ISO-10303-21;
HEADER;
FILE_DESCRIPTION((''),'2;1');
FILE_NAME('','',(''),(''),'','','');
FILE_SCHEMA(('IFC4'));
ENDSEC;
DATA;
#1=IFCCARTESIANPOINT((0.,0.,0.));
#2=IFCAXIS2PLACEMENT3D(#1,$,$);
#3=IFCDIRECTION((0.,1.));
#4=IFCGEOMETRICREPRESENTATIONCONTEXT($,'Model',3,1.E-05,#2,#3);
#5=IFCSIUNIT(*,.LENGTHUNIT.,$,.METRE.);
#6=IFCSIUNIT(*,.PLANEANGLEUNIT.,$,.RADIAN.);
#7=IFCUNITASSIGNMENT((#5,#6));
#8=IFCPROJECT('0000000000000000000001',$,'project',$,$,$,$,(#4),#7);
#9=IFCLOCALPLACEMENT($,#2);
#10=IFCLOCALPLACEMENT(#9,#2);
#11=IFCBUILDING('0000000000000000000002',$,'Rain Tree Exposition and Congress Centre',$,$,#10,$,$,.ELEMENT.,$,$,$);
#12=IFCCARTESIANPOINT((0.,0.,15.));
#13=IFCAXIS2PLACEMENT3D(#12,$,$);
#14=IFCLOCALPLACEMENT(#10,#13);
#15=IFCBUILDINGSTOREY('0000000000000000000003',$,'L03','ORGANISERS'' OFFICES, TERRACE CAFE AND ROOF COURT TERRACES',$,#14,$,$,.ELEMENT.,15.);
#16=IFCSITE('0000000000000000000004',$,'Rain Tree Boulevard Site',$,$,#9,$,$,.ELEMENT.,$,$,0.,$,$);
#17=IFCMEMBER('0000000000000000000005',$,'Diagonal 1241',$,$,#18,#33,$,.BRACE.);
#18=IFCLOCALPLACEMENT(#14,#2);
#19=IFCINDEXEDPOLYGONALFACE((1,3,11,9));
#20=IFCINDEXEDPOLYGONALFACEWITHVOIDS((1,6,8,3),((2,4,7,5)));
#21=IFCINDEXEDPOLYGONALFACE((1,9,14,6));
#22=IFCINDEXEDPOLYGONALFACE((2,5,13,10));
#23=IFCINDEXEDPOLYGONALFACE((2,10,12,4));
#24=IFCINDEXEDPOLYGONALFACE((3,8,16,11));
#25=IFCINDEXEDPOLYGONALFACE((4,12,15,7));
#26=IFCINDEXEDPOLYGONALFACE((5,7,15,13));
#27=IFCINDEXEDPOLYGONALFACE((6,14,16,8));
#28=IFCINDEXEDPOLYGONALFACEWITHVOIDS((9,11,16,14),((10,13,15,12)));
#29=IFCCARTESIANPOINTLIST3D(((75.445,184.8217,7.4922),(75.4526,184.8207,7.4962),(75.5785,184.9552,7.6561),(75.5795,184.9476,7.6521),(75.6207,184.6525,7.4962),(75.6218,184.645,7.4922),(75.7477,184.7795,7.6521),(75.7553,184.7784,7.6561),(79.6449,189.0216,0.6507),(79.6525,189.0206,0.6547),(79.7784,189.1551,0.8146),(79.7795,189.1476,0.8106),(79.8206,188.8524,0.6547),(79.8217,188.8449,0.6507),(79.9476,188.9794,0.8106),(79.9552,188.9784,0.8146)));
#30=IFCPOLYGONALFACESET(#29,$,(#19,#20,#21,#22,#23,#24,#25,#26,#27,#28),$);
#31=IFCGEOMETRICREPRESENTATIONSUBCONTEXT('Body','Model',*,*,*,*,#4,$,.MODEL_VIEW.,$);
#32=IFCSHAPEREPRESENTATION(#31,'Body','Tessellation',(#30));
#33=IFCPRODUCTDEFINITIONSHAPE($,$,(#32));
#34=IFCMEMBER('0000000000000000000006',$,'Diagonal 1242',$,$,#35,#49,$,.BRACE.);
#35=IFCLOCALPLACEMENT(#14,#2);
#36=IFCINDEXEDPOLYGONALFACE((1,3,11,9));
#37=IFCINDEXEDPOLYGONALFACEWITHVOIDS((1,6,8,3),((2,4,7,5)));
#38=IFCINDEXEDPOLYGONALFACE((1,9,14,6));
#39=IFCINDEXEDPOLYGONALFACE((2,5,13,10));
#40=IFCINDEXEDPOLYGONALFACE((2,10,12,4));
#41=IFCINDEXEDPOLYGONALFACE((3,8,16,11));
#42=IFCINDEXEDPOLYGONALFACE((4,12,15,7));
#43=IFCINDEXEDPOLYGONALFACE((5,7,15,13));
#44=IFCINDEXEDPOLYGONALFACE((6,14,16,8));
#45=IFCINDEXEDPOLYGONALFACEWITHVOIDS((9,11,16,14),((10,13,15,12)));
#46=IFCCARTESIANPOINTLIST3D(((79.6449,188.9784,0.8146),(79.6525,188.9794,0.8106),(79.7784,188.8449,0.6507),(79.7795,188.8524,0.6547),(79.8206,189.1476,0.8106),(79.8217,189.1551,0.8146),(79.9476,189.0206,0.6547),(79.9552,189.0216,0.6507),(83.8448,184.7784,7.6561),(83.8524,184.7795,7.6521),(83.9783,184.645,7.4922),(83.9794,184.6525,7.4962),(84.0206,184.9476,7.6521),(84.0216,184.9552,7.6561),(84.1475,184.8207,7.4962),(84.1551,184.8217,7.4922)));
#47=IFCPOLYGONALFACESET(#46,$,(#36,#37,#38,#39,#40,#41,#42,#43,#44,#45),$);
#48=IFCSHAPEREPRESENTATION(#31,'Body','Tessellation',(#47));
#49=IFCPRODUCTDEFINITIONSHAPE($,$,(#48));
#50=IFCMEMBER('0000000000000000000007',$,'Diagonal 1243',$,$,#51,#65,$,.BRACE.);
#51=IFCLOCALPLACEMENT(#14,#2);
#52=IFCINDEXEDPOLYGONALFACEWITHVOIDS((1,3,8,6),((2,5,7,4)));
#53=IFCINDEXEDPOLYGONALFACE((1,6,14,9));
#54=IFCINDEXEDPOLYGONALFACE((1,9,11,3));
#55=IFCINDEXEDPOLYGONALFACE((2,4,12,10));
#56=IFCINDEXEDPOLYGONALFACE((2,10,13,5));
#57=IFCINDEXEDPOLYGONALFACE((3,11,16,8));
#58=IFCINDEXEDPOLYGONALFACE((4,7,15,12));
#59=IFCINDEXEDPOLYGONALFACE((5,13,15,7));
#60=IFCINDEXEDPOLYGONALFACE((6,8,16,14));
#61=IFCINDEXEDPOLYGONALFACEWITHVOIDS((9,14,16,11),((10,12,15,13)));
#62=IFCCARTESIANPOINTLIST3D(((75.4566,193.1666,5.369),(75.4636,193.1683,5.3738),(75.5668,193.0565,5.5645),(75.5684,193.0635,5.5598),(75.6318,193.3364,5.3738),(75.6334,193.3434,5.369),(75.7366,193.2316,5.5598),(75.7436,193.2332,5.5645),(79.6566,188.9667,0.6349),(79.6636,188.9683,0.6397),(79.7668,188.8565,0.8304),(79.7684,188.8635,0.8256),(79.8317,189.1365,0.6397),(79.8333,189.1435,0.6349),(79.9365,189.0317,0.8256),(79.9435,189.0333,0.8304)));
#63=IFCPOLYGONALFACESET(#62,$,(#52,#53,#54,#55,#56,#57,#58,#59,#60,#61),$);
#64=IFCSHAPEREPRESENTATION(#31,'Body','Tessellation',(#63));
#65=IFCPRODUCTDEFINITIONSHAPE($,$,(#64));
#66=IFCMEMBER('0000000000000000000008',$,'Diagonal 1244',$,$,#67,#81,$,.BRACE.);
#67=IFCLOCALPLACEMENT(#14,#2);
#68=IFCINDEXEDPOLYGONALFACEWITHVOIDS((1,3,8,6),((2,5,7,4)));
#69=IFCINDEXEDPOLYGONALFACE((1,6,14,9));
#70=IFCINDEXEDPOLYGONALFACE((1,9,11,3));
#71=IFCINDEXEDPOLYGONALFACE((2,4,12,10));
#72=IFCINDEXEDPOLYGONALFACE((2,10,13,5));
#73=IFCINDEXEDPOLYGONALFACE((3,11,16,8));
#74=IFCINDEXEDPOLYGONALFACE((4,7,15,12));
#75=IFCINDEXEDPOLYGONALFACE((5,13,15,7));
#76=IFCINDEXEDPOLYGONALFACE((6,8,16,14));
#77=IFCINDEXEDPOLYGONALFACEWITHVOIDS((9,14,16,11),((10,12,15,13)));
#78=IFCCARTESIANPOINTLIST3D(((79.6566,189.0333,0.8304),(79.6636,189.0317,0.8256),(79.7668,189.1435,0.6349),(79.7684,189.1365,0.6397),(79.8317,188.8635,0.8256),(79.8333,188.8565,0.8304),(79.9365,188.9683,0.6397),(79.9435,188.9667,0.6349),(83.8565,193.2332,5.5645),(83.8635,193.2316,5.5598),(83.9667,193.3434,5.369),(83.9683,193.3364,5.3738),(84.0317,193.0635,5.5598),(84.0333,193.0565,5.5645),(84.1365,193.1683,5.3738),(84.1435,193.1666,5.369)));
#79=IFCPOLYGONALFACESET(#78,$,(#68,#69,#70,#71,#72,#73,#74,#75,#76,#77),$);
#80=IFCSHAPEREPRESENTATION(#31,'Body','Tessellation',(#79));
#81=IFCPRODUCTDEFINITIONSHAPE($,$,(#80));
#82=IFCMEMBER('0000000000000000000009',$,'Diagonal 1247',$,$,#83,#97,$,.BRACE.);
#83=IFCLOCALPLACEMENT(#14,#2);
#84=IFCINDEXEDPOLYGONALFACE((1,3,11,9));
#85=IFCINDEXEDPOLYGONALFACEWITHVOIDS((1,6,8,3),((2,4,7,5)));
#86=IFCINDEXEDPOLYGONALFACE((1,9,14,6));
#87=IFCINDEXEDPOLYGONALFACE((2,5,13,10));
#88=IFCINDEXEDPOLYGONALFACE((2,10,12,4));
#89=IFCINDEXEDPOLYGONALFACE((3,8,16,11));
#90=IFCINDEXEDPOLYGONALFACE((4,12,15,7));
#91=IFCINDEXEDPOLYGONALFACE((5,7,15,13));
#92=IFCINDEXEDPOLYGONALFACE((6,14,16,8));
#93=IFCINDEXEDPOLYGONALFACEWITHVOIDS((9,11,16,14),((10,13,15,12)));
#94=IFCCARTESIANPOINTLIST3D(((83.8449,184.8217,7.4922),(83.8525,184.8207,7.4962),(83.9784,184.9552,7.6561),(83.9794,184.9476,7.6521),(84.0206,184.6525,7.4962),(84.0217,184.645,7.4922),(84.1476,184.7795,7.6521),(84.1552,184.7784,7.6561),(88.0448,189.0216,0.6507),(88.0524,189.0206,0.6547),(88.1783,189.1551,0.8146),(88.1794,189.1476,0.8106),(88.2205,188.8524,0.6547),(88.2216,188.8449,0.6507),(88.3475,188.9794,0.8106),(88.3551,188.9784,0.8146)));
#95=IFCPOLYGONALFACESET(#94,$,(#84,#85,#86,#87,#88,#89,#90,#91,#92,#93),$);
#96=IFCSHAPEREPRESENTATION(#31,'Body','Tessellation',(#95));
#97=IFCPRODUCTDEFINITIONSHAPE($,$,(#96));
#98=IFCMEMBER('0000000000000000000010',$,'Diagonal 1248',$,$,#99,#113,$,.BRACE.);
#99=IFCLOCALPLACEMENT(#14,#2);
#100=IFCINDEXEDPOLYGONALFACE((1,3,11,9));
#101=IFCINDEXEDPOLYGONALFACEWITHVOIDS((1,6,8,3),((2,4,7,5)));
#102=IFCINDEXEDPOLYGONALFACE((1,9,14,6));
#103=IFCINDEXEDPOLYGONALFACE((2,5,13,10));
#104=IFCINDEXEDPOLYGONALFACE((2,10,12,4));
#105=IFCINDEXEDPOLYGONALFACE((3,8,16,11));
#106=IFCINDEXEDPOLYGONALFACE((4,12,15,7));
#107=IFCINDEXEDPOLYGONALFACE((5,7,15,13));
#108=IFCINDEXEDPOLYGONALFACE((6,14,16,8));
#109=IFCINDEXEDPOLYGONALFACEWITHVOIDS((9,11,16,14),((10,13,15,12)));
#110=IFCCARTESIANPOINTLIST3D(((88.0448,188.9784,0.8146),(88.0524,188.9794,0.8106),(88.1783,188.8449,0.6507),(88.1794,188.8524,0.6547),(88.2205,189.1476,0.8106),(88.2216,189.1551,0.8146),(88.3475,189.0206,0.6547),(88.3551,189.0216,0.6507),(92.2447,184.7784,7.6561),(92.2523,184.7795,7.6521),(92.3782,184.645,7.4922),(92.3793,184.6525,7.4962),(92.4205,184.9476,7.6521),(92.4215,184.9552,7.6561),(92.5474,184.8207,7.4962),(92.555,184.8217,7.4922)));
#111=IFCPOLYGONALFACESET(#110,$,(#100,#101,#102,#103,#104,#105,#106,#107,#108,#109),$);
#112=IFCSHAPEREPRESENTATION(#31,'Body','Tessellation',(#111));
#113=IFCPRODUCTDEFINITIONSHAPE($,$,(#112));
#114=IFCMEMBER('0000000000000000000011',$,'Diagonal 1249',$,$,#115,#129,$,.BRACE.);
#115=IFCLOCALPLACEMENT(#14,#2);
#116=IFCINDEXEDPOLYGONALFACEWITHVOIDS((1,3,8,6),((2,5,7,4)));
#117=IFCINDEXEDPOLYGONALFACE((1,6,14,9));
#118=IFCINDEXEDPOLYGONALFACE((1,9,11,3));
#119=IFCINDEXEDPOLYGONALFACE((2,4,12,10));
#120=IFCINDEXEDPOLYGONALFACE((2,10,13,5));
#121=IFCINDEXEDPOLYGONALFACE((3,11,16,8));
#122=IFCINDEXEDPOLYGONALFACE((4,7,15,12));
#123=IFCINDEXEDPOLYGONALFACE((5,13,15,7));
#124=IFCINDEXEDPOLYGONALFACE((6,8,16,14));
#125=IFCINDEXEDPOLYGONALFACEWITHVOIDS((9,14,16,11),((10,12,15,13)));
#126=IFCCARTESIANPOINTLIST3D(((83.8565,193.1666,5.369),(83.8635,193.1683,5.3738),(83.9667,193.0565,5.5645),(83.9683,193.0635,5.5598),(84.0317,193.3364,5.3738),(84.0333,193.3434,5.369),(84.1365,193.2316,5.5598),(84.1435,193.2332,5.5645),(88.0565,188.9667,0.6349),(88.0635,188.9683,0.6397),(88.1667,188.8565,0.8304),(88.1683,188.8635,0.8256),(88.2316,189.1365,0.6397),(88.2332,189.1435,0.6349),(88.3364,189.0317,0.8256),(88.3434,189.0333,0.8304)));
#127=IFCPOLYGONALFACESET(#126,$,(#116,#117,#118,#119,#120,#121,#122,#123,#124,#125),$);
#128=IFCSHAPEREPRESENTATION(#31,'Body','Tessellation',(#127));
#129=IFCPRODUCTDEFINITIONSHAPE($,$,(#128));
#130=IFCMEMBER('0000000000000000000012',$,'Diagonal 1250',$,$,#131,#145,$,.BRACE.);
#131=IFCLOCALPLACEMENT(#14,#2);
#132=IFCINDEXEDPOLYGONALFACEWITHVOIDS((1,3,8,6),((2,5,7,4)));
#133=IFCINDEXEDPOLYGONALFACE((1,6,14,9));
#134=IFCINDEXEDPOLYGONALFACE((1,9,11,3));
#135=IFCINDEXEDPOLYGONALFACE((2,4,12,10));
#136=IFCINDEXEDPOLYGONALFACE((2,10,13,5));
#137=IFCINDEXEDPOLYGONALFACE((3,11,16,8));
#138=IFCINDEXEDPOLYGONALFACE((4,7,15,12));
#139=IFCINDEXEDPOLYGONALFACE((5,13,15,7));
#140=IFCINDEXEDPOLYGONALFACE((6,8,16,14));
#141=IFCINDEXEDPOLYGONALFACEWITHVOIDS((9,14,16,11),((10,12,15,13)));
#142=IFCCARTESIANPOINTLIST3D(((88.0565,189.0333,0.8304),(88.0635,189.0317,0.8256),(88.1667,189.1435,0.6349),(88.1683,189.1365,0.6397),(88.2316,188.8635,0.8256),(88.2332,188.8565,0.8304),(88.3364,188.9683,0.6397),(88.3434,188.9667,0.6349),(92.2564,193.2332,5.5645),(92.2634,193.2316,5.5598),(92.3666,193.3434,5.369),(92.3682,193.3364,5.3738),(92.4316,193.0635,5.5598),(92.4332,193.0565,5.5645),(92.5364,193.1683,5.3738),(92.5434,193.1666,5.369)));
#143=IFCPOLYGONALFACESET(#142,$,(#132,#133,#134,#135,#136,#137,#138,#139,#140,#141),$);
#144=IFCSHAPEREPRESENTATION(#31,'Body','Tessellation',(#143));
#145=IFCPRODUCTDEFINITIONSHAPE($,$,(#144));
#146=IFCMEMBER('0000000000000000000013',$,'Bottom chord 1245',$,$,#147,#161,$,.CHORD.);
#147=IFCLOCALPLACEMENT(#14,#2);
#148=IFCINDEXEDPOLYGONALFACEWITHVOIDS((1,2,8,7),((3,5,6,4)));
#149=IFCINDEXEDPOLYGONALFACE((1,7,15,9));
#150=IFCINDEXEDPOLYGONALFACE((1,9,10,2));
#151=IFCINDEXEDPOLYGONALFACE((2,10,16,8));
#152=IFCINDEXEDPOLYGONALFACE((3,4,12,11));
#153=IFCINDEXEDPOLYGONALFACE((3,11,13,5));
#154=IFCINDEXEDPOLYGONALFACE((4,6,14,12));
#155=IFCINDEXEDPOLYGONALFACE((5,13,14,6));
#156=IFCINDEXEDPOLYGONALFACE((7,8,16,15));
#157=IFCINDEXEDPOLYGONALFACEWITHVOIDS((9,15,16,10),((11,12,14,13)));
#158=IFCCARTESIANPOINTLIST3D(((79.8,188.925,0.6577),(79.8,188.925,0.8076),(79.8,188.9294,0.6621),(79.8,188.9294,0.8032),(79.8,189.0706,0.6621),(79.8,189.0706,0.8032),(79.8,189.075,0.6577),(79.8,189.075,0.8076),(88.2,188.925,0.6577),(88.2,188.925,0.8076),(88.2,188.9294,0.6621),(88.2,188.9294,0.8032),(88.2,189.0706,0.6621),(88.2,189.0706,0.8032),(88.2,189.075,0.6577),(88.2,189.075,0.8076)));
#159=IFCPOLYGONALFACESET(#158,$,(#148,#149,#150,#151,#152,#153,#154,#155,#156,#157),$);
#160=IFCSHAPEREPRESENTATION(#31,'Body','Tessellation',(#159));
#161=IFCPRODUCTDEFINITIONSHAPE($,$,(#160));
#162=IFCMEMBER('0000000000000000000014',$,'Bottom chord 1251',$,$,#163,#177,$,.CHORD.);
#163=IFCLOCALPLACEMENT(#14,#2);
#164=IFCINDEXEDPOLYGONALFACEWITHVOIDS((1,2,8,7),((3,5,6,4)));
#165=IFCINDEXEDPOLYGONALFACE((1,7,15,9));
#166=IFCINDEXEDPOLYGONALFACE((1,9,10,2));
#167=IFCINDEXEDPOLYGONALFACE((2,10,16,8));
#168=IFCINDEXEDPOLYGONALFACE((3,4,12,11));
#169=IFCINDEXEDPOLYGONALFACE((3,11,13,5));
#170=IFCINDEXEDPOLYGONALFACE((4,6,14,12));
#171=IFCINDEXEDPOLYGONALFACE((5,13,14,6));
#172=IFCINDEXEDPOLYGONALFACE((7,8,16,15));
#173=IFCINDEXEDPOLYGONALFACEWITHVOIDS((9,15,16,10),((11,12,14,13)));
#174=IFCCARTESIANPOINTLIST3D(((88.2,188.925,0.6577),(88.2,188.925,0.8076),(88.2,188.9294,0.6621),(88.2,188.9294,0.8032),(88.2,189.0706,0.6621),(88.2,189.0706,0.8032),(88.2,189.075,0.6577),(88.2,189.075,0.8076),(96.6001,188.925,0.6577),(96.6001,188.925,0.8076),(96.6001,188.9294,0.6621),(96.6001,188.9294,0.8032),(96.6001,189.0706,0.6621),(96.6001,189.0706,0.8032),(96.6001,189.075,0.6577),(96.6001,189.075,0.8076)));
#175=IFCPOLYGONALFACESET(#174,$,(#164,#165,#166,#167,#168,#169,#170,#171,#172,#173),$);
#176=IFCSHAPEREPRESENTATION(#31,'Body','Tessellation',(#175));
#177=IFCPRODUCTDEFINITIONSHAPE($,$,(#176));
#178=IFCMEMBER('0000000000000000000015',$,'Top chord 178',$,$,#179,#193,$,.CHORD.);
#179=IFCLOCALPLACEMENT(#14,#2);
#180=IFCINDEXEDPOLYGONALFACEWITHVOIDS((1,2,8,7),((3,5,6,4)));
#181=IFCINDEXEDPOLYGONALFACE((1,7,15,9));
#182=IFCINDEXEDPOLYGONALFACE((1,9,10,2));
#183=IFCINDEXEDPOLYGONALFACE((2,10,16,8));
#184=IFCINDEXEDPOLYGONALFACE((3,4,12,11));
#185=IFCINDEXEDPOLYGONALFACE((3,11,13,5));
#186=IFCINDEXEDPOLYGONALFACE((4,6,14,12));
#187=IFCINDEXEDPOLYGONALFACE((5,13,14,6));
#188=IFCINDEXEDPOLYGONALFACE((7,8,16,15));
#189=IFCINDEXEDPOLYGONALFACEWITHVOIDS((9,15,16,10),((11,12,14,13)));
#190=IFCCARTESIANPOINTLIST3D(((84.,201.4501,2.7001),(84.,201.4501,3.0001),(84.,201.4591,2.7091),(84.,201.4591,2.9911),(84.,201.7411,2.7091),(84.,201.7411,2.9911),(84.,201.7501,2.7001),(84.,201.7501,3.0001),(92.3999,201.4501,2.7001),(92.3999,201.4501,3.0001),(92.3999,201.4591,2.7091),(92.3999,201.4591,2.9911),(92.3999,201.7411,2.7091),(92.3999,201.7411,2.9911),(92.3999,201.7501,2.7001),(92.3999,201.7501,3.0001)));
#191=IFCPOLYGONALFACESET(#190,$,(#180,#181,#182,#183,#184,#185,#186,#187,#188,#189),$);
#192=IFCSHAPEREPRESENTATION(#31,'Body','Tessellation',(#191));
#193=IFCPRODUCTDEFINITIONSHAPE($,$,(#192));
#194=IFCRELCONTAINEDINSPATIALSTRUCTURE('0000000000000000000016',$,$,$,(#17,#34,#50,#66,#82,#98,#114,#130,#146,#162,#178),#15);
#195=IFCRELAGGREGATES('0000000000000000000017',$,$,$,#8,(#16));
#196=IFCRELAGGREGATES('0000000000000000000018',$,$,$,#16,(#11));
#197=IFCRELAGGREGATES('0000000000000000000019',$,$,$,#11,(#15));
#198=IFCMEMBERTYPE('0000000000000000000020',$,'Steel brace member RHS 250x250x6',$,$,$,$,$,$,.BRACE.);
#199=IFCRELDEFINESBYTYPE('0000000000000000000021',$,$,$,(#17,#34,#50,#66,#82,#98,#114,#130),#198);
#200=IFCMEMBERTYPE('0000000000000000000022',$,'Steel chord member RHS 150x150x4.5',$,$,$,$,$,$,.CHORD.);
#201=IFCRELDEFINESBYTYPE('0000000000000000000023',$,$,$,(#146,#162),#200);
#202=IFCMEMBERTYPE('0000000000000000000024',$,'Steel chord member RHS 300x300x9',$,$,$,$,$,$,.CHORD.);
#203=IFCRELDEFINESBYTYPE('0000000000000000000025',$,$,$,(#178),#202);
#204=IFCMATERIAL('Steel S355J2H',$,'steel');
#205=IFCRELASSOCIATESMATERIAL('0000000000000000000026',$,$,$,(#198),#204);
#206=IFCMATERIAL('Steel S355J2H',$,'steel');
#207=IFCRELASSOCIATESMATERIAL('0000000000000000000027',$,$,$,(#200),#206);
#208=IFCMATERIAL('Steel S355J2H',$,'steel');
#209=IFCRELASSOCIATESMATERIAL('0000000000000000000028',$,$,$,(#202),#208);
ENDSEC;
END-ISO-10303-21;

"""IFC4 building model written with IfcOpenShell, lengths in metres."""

from ifc_helpers import new_model, si_unit, direction, frame, origin, origin_2d, place, context, subcontext, project, spatial, hollow_rectangle, extrude, material, material_profile, profile_set, type_object, element, save


model = new_model("IFC4")

# Units and contexts
model_context = context("Model", 3, precision=1e-05, world=origin(), true_north=direction((0.0, 1.0)))
body_context = subcontext(model_context, "Body", "Model", "MODEL_VIEW")
ifc_project = project(units=[si_unit("LENGTHUNIT", "METRE"), si_unit("PLANEANGLEUNIT", "RADIAN")], contexts=[model_context])

# Site, building, storey
site_placement = place(None, origin())
site = spatial("IfcSite", under=ifc_project, at=site_placement, Name="Rain Tree Boulevard Site", CompositionType="ELEMENT", RefElevation=0.0)
building_placement = place(site_placement, origin())
building = spatial("IfcBuilding", under=site, at=building_placement, Name="Rain Tree Exposition and Congress Centre", CompositionType="ELEMENT")
storey_placement = place(building_placement, frame((0.0, 0.0, 15.0)))
storey = spatial("IfcBuildingStorey", under=building, at=storey_placement, Name="L03", Description="ORGANISERS' OFFICES, TERRACE CAFE AND ROOF COURT TERRACES", CompositionType="ELEMENT", Elevation=15.0)

# Members
ifc_material_1 = material(Name="Steel S355J2H", Category="steel")
ifc_material_profile_1 = material_profile(ifc_material_1, hollow_rectangle(XDim=0.25, YDim=0.25, WallThickness=0.0061, at=origin_2d()), Name="RHS 250x250x6")
ifc_profile_set_1 = profile_set([ifc_material_profile_1], Name="Steel S355J2H")
member_type_1 = type_object("IfcMemberType", Name="Steel brace member RHS 250x250x6", PredefinedType="BRACE", material=ifc_profile_set_1)
for number, where, z_axis, x_axis, name in (
    (1, (79.8, 189.0, 0.7327), (-0.463564, -0.463564, 0.755127), (0.707107, -0.707107, 0.0), "Diagonal 1241"),
    (2, (79.8, 189.0, 0.7327), (0.463564, -0.463564, 0.755127), (0.707107, 0.707107, 0.0), "Diagonal 1242"),
):
    element("IfcMember", number, at=place(storey_placement, frame(where, z_axis=z_axis, x_axis=x_axis)), inside=storey, type_object=member_type_1, Name=name, PredefinedType="BRACE", context=body_context, shape_type="SweptSolid", body=[
        extrude(hollow_rectangle(XDim=0.25, YDim=0.25, WallThickness=0.0061, at=origin_2d()), origin(), (0.0, 0.0, 1.0), 9.0601),
    ])
for number, where, z_axis, x_axis, name in (
    (3, (79.8, 189.0, 0.7327), (-0.552955, 0.552955, 0.623283), (-0.707107, -0.707107, 0.0), "Diagonal 1243"),
    (4, (79.8, 189.0, 0.7327), (0.552955, 0.552955, 0.623283), (-0.707107, 0.707107, 0.0), "Diagonal 1244"),
):
    element("IfcMember", number, at=place(storey_placement, frame(where, z_axis=z_axis, x_axis=x_axis)), inside=storey, type_object=member_type_1, Name=name, PredefinedType="BRACE", context=body_context, shape_type="SweptSolid", body=[
        extrude(hollow_rectangle(XDim=0.25, YDim=0.25, WallThickness=0.0061, at=origin_2d()), origin(), (0.0, 0.0, 1.0), 7.5955),
    ])
for number, where, z_axis, x_axis, name in (
    (5, (88.2, 189.0, 0.7327), (-0.463564, -0.463564, 0.755127), (0.707107, -0.707107, 0.0), "Diagonal 1247"),
    (6, (88.2, 189.0, 0.7327), (0.463564, -0.463564, 0.755127), (0.707107, 0.707107, 0.0), "Diagonal 1248"),
):
    element("IfcMember", number, at=place(storey_placement, frame(where, z_axis=z_axis, x_axis=x_axis)), inside=storey, type_object=member_type_1, Name=name, PredefinedType="BRACE", context=body_context, shape_type="SweptSolid", body=[
        extrude(hollow_rectangle(XDim=0.25, YDim=0.25, WallThickness=0.0061, at=origin_2d()), origin(), (0.0, 0.0, 1.0), 9.0601),
    ])
for number, where, z_axis, x_axis, name in (
    (7, (88.2, 189.0, 0.7327), (-0.552955, 0.552955, 0.623283), (-0.707107, -0.707107, 0.0), "Diagonal 1249"),
    (8, (88.2, 189.0, 0.7327), (0.552955, 0.552955, 0.623283), (-0.707107, 0.707107, 0.0), "Diagonal 1250"),
):
    element("IfcMember", number, at=place(storey_placement, frame(where, z_axis=z_axis, x_axis=x_axis)), inside=storey, type_object=member_type_1, Name=name, PredefinedType="BRACE", context=body_context, shape_type="SweptSolid", body=[
        extrude(hollow_rectangle(XDim=0.25, YDim=0.25, WallThickness=0.0061, at=origin_2d()), origin(), (0.0, 0.0, 1.0), 7.5955),
    ])
ifc_material_2 = material(Name="Steel S355J2H", Category="steel")
ifc_material_profile_2 = material_profile(ifc_material_2, hollow_rectangle(XDim=0.1499, YDim=0.1499, WallThickness=0.0044, at=origin_2d()), Name="RHS 150x150x4.5")
ifc_profile_set_2 = profile_set([ifc_material_profile_2], Name="Steel S355J2H")
member_type_2 = type_object("IfcMemberType", Name="Steel chord member RHS 150x150x4.5", PredefinedType="CHORD", material=ifc_profile_set_2)
member_1_placement = place(storey_placement, frame((79.8, 189.0, 0.7327), z_axis=(1.0, 0.0, 0.0), x_axis=(0.0, 1.0, 0.0)))
element("IfcMember", 9, at=member_1_placement, inside=storey, type_object=member_type_2, Name="Bottom chord 1245", PredefinedType="CHORD", context=body_context, shape_type="SweptSolid", body=[
    extrude(hollow_rectangle(XDim=0.1499, YDim=0.1499, WallThickness=0.0044, at=origin_2d()), origin(), (0.0, 0.0, 1.0), 8.3999),
])
member_2_placement = place(storey_placement, frame((88.2, 189.0, 0.7327), z_axis=(1.0, 0.0, 0.0), x_axis=(0.0, 1.0, 0.0)))
element("IfcMember", 10, at=member_2_placement, inside=storey, type_object=member_type_2, Name="Bottom chord 1251", PredefinedType="CHORD", context=body_context, shape_type="SweptSolid", body=[
    extrude(hollow_rectangle(XDim=0.1499, YDim=0.1499, WallThickness=0.0044, at=origin_2d()), origin(), (0.0, 0.0, 1.0), 8.4001),
])
ifc_material_3 = material(Name="Steel S355J2H", Category="steel")
ifc_material_profile_3 = material_profile(ifc_material_3, hollow_rectangle(XDim=0.3, YDim=0.3, WallThickness=0.009, at=origin_2d()), Name="RHS 300x300x9")
ifc_profile_set_3 = profile_set([ifc_material_profile_3], Name="Steel S355J2H")
member_type_3 = type_object("IfcMemberType", Name="Steel chord member RHS 300x300x9", PredefinedType="CHORD", material=ifc_profile_set_3)
member_3_placement = place(storey_placement, frame((84.0, 201.6001, 2.8501), z_axis=(1.0, 0.0, 0.0), x_axis=(0.0, 1.0, 0.0)))
element("IfcMember", 11, at=member_3_placement, inside=storey, type_object=member_type_3, Name="Top chord 178", PredefinedType="CHORD", context=body_context, shape_type="SweptSolid", body=[
    extrude(hollow_rectangle(XDim=0.3, YDim=0.3, WallThickness=0.009, at=origin_2d()), origin(), (0.0, 0.0, 1.0), 8.3999),
])

save(model, "model.ifc")
